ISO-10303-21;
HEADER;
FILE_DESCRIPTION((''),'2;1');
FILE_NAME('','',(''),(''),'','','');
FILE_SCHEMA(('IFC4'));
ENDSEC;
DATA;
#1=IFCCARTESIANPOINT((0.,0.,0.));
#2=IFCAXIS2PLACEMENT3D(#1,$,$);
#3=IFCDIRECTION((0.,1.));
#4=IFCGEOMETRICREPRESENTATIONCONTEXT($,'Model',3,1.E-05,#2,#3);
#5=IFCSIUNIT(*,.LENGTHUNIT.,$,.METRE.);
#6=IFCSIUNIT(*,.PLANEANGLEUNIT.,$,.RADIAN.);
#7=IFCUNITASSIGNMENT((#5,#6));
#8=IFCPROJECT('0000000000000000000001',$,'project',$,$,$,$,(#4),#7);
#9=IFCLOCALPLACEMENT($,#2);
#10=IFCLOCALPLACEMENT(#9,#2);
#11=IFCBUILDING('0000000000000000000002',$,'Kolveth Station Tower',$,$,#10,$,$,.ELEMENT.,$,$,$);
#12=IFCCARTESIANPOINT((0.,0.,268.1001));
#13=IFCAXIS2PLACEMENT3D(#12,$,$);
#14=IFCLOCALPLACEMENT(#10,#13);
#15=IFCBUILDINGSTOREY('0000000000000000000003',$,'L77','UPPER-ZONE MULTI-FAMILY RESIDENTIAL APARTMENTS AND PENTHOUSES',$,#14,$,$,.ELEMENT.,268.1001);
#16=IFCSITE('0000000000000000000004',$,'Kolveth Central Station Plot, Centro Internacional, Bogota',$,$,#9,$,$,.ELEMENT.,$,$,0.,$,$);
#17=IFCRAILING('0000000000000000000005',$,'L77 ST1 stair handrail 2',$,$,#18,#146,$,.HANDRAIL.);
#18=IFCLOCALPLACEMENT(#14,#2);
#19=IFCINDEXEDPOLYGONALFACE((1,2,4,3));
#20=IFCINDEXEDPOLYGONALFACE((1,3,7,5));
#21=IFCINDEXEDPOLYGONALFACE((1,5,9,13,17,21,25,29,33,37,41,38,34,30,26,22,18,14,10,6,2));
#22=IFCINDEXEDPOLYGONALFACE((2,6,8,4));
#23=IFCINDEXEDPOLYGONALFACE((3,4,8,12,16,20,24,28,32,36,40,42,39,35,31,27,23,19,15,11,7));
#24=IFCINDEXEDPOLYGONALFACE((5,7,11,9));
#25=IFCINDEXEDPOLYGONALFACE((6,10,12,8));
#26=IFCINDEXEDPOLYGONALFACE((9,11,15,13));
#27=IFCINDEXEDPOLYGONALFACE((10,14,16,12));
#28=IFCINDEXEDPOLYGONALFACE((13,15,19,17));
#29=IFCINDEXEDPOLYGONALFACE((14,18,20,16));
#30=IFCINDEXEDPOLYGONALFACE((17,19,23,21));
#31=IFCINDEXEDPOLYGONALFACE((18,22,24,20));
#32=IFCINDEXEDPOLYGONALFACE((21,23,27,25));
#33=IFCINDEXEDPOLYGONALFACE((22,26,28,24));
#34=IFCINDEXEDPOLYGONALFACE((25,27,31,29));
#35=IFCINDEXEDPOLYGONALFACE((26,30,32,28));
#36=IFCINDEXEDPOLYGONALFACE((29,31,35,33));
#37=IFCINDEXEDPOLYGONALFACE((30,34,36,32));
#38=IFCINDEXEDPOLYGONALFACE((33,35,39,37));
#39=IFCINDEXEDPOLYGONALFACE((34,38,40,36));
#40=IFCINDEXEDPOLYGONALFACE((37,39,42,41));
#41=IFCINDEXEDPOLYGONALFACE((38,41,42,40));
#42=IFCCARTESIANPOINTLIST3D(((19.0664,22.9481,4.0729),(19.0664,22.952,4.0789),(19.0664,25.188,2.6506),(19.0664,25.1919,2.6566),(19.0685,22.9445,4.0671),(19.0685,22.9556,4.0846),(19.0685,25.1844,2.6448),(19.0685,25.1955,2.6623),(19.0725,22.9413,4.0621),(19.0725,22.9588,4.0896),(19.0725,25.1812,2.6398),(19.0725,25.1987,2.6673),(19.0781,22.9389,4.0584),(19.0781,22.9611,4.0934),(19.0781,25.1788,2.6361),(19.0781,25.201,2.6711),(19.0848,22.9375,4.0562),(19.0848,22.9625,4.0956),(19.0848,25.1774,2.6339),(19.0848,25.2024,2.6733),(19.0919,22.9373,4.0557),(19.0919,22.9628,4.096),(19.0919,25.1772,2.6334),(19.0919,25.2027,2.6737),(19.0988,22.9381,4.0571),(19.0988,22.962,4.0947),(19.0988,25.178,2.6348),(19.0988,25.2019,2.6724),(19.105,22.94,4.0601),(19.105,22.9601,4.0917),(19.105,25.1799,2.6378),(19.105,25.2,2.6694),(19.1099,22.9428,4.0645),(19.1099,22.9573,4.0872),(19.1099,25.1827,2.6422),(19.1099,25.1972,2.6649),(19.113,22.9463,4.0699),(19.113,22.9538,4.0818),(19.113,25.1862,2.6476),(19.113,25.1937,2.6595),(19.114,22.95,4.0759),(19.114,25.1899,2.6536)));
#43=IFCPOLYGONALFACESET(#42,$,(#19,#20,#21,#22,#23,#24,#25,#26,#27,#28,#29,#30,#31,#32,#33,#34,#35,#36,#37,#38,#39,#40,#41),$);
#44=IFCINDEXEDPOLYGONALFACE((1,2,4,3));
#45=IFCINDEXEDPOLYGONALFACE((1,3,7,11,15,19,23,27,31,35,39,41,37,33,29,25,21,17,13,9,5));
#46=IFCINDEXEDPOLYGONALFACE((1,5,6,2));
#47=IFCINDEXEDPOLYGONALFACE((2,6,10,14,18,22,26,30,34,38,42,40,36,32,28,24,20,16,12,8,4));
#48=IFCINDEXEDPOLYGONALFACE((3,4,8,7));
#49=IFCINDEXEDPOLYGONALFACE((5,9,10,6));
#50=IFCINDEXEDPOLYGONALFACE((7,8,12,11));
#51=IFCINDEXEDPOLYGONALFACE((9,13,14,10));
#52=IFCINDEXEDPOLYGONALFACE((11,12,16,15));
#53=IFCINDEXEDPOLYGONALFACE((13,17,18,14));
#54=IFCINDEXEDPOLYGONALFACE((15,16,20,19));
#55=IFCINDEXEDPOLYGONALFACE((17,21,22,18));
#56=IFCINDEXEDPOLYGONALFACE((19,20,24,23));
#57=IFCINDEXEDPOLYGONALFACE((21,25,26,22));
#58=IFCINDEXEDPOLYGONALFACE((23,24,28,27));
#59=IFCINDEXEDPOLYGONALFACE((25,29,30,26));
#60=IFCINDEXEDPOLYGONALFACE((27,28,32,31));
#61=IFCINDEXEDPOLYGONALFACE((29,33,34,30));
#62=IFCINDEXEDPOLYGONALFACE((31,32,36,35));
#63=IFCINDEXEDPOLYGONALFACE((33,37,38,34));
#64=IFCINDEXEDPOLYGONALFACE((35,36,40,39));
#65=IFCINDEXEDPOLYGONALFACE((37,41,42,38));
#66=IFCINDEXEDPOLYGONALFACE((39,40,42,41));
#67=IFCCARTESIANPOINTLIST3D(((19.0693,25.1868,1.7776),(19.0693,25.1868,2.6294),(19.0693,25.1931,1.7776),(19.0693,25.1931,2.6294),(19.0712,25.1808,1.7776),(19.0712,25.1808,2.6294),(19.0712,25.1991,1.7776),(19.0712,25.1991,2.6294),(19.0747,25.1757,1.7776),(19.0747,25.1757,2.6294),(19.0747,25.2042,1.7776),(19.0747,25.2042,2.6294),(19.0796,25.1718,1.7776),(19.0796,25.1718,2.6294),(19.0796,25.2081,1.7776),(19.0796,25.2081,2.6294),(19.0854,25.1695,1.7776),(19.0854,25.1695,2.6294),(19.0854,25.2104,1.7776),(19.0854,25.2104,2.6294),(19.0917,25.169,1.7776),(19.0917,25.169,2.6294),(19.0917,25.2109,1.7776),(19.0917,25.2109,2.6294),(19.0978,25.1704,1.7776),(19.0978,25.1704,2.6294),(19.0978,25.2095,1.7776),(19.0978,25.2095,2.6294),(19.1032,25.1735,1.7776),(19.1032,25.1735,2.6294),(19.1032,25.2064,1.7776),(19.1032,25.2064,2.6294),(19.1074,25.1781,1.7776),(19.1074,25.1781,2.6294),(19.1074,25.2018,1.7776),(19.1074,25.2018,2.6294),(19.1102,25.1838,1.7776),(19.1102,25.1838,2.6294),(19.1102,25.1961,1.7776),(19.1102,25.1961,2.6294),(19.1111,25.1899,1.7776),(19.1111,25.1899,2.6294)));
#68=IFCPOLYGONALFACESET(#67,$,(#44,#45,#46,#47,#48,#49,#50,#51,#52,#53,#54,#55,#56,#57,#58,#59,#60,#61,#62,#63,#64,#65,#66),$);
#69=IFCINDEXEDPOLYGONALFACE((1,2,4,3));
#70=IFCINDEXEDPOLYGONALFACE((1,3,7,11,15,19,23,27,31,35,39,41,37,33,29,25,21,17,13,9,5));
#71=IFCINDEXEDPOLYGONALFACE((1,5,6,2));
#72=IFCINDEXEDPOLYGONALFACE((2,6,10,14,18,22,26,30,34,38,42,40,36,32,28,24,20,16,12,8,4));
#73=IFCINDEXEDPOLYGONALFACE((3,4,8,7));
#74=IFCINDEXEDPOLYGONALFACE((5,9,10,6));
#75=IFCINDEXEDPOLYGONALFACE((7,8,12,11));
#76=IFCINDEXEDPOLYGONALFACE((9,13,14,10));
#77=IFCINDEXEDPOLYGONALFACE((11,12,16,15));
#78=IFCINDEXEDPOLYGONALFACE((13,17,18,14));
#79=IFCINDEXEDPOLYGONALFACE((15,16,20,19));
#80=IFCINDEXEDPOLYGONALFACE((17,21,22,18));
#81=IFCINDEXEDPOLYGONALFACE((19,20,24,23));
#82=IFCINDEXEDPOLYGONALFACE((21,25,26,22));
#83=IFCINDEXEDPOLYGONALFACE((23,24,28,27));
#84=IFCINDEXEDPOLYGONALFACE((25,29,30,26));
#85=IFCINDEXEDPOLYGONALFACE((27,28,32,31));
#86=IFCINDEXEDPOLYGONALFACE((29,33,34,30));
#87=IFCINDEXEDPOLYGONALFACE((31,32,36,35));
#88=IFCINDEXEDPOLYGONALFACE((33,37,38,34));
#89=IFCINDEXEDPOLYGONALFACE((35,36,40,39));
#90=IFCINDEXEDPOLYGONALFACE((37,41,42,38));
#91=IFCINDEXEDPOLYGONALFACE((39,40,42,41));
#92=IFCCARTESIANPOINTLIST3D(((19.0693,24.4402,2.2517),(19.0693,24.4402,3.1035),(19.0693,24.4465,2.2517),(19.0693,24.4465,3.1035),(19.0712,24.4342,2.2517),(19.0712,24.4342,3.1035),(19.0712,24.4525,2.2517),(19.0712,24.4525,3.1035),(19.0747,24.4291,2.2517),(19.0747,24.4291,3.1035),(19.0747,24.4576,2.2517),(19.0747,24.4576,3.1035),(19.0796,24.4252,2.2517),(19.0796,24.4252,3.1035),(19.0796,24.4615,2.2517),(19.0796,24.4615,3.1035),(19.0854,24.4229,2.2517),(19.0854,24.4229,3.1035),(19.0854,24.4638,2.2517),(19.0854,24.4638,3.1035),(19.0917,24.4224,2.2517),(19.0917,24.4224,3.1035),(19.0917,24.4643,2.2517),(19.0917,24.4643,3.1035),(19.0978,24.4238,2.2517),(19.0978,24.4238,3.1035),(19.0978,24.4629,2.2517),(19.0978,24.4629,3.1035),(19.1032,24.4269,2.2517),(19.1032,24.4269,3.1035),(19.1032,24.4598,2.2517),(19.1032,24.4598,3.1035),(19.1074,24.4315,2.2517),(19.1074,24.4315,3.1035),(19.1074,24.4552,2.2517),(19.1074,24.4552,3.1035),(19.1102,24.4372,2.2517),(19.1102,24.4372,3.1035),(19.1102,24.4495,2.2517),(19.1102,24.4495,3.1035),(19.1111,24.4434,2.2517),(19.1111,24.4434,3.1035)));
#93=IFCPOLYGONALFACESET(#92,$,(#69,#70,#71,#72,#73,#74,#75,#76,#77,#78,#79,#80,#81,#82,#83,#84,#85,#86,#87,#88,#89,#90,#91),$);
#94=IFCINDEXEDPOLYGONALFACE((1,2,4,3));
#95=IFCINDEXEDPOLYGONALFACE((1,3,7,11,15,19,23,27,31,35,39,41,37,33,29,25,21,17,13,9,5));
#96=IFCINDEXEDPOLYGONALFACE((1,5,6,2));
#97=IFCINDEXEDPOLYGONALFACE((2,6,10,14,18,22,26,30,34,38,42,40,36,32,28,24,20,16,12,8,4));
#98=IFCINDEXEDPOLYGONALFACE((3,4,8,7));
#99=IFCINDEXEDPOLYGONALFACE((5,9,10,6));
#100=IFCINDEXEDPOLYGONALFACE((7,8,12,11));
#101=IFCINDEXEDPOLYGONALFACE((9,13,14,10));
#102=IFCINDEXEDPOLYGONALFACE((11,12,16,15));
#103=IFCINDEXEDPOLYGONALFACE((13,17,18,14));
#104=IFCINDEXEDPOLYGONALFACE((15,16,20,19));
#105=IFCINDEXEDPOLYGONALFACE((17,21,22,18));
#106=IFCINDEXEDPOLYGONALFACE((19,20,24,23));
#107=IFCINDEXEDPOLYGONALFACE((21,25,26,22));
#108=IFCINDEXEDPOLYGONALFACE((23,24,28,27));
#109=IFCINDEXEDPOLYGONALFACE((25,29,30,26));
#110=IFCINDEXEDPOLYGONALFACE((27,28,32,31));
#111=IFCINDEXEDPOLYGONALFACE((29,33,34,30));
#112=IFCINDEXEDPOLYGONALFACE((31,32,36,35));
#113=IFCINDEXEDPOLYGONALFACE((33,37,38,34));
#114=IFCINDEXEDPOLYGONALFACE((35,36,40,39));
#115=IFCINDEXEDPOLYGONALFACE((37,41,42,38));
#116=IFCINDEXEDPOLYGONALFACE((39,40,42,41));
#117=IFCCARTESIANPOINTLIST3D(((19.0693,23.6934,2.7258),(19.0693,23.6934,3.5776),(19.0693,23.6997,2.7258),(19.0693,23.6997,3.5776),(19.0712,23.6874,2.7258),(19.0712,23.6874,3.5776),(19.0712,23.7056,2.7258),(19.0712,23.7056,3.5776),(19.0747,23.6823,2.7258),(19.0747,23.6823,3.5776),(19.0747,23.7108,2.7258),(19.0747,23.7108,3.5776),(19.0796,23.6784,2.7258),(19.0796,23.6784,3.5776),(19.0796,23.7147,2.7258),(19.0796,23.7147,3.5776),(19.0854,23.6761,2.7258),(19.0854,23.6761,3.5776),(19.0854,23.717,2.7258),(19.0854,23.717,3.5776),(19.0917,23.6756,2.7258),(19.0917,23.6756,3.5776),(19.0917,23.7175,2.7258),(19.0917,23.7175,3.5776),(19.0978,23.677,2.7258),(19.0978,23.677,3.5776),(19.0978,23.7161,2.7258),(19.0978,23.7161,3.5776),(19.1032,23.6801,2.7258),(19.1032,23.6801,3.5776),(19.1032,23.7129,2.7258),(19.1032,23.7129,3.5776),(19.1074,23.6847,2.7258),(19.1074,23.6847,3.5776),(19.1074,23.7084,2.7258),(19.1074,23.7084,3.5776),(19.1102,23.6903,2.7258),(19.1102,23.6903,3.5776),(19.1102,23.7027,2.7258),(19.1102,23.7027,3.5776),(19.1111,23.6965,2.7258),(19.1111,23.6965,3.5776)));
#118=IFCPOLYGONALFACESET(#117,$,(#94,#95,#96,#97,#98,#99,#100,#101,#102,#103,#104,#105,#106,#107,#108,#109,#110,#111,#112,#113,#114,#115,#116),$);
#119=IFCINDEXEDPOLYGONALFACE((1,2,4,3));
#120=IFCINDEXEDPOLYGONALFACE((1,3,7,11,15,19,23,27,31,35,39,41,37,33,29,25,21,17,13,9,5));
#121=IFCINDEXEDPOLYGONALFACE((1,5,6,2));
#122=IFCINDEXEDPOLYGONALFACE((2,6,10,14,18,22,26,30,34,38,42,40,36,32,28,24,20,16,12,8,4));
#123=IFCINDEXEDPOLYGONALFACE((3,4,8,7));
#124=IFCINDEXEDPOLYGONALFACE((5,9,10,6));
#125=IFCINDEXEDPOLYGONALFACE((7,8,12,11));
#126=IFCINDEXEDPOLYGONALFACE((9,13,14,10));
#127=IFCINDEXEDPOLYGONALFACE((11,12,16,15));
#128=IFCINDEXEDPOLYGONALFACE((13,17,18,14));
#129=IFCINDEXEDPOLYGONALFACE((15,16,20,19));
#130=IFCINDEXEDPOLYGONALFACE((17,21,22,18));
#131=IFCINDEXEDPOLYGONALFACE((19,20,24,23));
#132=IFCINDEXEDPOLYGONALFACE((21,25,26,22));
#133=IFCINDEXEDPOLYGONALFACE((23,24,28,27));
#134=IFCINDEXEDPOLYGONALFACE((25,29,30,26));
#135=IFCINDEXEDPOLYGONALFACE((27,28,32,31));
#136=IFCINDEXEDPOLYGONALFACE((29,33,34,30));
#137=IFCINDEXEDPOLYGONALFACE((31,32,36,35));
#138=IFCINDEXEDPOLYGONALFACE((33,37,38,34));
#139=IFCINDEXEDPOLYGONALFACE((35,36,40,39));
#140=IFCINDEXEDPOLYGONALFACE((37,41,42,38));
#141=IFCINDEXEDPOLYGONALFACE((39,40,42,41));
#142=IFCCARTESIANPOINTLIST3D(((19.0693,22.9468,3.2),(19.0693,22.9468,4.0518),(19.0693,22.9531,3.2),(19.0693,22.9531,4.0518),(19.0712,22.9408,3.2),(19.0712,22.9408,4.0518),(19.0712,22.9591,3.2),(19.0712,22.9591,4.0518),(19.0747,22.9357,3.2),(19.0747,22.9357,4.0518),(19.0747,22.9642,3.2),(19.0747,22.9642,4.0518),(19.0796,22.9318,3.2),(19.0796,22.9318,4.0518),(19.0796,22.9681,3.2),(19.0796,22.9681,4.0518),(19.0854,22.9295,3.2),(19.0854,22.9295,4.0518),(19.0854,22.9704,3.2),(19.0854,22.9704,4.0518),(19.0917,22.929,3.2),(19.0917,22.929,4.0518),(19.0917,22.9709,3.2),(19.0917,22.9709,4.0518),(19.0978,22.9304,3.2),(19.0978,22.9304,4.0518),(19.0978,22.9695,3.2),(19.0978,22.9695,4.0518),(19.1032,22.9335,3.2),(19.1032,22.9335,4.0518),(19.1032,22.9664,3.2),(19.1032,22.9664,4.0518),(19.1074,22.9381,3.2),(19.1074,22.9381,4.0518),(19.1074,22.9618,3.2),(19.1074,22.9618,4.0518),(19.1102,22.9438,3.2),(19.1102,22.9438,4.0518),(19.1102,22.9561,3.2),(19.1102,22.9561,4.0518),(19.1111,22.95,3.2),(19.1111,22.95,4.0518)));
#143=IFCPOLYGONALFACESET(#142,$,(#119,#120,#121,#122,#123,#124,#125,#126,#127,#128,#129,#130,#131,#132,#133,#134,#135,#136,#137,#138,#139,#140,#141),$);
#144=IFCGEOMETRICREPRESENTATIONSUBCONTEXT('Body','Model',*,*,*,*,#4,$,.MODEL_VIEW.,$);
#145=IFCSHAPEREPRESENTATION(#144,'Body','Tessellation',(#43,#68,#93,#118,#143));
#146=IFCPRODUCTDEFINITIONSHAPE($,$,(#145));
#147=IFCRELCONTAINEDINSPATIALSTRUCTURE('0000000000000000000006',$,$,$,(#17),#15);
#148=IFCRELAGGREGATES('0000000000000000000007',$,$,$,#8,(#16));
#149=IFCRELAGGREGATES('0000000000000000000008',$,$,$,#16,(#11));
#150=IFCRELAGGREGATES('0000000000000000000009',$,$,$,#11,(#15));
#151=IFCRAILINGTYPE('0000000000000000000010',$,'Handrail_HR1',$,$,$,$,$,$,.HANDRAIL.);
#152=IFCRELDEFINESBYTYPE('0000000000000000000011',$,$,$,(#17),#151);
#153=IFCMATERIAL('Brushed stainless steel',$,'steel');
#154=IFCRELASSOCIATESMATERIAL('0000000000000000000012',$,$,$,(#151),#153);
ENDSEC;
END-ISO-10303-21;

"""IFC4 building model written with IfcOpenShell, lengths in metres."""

from ifc_helpers import new_model, si_unit, direction, frame, origin, origin_2d, place, context, subcontext, project, spatial, circle, extrude, material, type_object, element, save


model = new_model("IFC4")

# Units and contexts
model_context = context("Model", 3, precision=1e-05, world=origin(), true_north=direction((0.0, 1.0)))
body_context = subcontext(model_context, "Body", "Model", "MODEL_VIEW")
ifc_project = project(units=[si_unit("LENGTHUNIT", "METRE"), si_unit("PLANEANGLEUNIT", "RADIAN")], contexts=[model_context])

# Site, building, storey
site_placement = place(None, origin())
site = spatial("IfcSite", under=ifc_project, at=site_placement, Name="Kolveth Central Station Plot, Centro Internacional, Bogota", CompositionType="ELEMENT", RefElevation=0.0)
building_placement = place(site_placement, origin())
building = spatial("IfcBuilding", under=site, at=building_placement, Name="Kolveth Station Tower", CompositionType="ELEMENT")
storey_placement = place(building_placement, frame((0.0, 0.0, 268.1001)))
storey = spatial("IfcBuildingStorey", under=building, at=storey_placement, Name="L77", Description="UPPER-ZONE MULTI-FAMILY RESIDENTIAL APARTMENTS AND PENTHOUSES", CompositionType="ELEMENT", Elevation=268.1001)

# Railing
ifc_material_1 = material(Name="Brushed stainless steel", Category="steel")
railing_type_1 = type_object("IfcRailingType", Name="Handrail_HR1", PredefinedType="HANDRAIL", material=ifc_material_1)
railing_1_placement = place(storey_placement, frame((19.0901, 25.1899, 1.7776)))
element("IfcRailing", 1, at=railing_1_placement, inside=storey, type_object=railing_type_1, Name="L77 ST1 stair handrail 2", PredefinedType="HANDRAIL", context=body_context, shape_type="SweptSolid", body=[
    extrude(circle(Radius=0.0239, at=origin_2d()), frame((0.0, 0.0, 0.876), z_axis=(0.0, -0.844188, 0.536048), x_axis=(1.0, 0.0, 0.0)), (0.0, 0.0, 1.0), 2.6533),
    extrude(circle(Radius=0.021, at=origin_2d()), origin(), (0.0, 0.0, 1.0), 0.8518),
    extrude(circle(Radius=0.021, at=origin_2d()), frame((0.0, -0.7466, 0.4741)), (0.0, 0.0, 1.0), 0.8518),
    extrude(circle(Radius=0.021, at=origin_2d()), frame((0.0, -1.4934, 0.9482)), (0.0, 0.0, 1.0), 0.8518),
    extrude(circle(Radius=0.021, at=origin_2d()), frame((0.0, -2.24, 1.4224)), (0.0, 0.0, 1.0), 0.8518),
])

save(model, "model.ifc")
